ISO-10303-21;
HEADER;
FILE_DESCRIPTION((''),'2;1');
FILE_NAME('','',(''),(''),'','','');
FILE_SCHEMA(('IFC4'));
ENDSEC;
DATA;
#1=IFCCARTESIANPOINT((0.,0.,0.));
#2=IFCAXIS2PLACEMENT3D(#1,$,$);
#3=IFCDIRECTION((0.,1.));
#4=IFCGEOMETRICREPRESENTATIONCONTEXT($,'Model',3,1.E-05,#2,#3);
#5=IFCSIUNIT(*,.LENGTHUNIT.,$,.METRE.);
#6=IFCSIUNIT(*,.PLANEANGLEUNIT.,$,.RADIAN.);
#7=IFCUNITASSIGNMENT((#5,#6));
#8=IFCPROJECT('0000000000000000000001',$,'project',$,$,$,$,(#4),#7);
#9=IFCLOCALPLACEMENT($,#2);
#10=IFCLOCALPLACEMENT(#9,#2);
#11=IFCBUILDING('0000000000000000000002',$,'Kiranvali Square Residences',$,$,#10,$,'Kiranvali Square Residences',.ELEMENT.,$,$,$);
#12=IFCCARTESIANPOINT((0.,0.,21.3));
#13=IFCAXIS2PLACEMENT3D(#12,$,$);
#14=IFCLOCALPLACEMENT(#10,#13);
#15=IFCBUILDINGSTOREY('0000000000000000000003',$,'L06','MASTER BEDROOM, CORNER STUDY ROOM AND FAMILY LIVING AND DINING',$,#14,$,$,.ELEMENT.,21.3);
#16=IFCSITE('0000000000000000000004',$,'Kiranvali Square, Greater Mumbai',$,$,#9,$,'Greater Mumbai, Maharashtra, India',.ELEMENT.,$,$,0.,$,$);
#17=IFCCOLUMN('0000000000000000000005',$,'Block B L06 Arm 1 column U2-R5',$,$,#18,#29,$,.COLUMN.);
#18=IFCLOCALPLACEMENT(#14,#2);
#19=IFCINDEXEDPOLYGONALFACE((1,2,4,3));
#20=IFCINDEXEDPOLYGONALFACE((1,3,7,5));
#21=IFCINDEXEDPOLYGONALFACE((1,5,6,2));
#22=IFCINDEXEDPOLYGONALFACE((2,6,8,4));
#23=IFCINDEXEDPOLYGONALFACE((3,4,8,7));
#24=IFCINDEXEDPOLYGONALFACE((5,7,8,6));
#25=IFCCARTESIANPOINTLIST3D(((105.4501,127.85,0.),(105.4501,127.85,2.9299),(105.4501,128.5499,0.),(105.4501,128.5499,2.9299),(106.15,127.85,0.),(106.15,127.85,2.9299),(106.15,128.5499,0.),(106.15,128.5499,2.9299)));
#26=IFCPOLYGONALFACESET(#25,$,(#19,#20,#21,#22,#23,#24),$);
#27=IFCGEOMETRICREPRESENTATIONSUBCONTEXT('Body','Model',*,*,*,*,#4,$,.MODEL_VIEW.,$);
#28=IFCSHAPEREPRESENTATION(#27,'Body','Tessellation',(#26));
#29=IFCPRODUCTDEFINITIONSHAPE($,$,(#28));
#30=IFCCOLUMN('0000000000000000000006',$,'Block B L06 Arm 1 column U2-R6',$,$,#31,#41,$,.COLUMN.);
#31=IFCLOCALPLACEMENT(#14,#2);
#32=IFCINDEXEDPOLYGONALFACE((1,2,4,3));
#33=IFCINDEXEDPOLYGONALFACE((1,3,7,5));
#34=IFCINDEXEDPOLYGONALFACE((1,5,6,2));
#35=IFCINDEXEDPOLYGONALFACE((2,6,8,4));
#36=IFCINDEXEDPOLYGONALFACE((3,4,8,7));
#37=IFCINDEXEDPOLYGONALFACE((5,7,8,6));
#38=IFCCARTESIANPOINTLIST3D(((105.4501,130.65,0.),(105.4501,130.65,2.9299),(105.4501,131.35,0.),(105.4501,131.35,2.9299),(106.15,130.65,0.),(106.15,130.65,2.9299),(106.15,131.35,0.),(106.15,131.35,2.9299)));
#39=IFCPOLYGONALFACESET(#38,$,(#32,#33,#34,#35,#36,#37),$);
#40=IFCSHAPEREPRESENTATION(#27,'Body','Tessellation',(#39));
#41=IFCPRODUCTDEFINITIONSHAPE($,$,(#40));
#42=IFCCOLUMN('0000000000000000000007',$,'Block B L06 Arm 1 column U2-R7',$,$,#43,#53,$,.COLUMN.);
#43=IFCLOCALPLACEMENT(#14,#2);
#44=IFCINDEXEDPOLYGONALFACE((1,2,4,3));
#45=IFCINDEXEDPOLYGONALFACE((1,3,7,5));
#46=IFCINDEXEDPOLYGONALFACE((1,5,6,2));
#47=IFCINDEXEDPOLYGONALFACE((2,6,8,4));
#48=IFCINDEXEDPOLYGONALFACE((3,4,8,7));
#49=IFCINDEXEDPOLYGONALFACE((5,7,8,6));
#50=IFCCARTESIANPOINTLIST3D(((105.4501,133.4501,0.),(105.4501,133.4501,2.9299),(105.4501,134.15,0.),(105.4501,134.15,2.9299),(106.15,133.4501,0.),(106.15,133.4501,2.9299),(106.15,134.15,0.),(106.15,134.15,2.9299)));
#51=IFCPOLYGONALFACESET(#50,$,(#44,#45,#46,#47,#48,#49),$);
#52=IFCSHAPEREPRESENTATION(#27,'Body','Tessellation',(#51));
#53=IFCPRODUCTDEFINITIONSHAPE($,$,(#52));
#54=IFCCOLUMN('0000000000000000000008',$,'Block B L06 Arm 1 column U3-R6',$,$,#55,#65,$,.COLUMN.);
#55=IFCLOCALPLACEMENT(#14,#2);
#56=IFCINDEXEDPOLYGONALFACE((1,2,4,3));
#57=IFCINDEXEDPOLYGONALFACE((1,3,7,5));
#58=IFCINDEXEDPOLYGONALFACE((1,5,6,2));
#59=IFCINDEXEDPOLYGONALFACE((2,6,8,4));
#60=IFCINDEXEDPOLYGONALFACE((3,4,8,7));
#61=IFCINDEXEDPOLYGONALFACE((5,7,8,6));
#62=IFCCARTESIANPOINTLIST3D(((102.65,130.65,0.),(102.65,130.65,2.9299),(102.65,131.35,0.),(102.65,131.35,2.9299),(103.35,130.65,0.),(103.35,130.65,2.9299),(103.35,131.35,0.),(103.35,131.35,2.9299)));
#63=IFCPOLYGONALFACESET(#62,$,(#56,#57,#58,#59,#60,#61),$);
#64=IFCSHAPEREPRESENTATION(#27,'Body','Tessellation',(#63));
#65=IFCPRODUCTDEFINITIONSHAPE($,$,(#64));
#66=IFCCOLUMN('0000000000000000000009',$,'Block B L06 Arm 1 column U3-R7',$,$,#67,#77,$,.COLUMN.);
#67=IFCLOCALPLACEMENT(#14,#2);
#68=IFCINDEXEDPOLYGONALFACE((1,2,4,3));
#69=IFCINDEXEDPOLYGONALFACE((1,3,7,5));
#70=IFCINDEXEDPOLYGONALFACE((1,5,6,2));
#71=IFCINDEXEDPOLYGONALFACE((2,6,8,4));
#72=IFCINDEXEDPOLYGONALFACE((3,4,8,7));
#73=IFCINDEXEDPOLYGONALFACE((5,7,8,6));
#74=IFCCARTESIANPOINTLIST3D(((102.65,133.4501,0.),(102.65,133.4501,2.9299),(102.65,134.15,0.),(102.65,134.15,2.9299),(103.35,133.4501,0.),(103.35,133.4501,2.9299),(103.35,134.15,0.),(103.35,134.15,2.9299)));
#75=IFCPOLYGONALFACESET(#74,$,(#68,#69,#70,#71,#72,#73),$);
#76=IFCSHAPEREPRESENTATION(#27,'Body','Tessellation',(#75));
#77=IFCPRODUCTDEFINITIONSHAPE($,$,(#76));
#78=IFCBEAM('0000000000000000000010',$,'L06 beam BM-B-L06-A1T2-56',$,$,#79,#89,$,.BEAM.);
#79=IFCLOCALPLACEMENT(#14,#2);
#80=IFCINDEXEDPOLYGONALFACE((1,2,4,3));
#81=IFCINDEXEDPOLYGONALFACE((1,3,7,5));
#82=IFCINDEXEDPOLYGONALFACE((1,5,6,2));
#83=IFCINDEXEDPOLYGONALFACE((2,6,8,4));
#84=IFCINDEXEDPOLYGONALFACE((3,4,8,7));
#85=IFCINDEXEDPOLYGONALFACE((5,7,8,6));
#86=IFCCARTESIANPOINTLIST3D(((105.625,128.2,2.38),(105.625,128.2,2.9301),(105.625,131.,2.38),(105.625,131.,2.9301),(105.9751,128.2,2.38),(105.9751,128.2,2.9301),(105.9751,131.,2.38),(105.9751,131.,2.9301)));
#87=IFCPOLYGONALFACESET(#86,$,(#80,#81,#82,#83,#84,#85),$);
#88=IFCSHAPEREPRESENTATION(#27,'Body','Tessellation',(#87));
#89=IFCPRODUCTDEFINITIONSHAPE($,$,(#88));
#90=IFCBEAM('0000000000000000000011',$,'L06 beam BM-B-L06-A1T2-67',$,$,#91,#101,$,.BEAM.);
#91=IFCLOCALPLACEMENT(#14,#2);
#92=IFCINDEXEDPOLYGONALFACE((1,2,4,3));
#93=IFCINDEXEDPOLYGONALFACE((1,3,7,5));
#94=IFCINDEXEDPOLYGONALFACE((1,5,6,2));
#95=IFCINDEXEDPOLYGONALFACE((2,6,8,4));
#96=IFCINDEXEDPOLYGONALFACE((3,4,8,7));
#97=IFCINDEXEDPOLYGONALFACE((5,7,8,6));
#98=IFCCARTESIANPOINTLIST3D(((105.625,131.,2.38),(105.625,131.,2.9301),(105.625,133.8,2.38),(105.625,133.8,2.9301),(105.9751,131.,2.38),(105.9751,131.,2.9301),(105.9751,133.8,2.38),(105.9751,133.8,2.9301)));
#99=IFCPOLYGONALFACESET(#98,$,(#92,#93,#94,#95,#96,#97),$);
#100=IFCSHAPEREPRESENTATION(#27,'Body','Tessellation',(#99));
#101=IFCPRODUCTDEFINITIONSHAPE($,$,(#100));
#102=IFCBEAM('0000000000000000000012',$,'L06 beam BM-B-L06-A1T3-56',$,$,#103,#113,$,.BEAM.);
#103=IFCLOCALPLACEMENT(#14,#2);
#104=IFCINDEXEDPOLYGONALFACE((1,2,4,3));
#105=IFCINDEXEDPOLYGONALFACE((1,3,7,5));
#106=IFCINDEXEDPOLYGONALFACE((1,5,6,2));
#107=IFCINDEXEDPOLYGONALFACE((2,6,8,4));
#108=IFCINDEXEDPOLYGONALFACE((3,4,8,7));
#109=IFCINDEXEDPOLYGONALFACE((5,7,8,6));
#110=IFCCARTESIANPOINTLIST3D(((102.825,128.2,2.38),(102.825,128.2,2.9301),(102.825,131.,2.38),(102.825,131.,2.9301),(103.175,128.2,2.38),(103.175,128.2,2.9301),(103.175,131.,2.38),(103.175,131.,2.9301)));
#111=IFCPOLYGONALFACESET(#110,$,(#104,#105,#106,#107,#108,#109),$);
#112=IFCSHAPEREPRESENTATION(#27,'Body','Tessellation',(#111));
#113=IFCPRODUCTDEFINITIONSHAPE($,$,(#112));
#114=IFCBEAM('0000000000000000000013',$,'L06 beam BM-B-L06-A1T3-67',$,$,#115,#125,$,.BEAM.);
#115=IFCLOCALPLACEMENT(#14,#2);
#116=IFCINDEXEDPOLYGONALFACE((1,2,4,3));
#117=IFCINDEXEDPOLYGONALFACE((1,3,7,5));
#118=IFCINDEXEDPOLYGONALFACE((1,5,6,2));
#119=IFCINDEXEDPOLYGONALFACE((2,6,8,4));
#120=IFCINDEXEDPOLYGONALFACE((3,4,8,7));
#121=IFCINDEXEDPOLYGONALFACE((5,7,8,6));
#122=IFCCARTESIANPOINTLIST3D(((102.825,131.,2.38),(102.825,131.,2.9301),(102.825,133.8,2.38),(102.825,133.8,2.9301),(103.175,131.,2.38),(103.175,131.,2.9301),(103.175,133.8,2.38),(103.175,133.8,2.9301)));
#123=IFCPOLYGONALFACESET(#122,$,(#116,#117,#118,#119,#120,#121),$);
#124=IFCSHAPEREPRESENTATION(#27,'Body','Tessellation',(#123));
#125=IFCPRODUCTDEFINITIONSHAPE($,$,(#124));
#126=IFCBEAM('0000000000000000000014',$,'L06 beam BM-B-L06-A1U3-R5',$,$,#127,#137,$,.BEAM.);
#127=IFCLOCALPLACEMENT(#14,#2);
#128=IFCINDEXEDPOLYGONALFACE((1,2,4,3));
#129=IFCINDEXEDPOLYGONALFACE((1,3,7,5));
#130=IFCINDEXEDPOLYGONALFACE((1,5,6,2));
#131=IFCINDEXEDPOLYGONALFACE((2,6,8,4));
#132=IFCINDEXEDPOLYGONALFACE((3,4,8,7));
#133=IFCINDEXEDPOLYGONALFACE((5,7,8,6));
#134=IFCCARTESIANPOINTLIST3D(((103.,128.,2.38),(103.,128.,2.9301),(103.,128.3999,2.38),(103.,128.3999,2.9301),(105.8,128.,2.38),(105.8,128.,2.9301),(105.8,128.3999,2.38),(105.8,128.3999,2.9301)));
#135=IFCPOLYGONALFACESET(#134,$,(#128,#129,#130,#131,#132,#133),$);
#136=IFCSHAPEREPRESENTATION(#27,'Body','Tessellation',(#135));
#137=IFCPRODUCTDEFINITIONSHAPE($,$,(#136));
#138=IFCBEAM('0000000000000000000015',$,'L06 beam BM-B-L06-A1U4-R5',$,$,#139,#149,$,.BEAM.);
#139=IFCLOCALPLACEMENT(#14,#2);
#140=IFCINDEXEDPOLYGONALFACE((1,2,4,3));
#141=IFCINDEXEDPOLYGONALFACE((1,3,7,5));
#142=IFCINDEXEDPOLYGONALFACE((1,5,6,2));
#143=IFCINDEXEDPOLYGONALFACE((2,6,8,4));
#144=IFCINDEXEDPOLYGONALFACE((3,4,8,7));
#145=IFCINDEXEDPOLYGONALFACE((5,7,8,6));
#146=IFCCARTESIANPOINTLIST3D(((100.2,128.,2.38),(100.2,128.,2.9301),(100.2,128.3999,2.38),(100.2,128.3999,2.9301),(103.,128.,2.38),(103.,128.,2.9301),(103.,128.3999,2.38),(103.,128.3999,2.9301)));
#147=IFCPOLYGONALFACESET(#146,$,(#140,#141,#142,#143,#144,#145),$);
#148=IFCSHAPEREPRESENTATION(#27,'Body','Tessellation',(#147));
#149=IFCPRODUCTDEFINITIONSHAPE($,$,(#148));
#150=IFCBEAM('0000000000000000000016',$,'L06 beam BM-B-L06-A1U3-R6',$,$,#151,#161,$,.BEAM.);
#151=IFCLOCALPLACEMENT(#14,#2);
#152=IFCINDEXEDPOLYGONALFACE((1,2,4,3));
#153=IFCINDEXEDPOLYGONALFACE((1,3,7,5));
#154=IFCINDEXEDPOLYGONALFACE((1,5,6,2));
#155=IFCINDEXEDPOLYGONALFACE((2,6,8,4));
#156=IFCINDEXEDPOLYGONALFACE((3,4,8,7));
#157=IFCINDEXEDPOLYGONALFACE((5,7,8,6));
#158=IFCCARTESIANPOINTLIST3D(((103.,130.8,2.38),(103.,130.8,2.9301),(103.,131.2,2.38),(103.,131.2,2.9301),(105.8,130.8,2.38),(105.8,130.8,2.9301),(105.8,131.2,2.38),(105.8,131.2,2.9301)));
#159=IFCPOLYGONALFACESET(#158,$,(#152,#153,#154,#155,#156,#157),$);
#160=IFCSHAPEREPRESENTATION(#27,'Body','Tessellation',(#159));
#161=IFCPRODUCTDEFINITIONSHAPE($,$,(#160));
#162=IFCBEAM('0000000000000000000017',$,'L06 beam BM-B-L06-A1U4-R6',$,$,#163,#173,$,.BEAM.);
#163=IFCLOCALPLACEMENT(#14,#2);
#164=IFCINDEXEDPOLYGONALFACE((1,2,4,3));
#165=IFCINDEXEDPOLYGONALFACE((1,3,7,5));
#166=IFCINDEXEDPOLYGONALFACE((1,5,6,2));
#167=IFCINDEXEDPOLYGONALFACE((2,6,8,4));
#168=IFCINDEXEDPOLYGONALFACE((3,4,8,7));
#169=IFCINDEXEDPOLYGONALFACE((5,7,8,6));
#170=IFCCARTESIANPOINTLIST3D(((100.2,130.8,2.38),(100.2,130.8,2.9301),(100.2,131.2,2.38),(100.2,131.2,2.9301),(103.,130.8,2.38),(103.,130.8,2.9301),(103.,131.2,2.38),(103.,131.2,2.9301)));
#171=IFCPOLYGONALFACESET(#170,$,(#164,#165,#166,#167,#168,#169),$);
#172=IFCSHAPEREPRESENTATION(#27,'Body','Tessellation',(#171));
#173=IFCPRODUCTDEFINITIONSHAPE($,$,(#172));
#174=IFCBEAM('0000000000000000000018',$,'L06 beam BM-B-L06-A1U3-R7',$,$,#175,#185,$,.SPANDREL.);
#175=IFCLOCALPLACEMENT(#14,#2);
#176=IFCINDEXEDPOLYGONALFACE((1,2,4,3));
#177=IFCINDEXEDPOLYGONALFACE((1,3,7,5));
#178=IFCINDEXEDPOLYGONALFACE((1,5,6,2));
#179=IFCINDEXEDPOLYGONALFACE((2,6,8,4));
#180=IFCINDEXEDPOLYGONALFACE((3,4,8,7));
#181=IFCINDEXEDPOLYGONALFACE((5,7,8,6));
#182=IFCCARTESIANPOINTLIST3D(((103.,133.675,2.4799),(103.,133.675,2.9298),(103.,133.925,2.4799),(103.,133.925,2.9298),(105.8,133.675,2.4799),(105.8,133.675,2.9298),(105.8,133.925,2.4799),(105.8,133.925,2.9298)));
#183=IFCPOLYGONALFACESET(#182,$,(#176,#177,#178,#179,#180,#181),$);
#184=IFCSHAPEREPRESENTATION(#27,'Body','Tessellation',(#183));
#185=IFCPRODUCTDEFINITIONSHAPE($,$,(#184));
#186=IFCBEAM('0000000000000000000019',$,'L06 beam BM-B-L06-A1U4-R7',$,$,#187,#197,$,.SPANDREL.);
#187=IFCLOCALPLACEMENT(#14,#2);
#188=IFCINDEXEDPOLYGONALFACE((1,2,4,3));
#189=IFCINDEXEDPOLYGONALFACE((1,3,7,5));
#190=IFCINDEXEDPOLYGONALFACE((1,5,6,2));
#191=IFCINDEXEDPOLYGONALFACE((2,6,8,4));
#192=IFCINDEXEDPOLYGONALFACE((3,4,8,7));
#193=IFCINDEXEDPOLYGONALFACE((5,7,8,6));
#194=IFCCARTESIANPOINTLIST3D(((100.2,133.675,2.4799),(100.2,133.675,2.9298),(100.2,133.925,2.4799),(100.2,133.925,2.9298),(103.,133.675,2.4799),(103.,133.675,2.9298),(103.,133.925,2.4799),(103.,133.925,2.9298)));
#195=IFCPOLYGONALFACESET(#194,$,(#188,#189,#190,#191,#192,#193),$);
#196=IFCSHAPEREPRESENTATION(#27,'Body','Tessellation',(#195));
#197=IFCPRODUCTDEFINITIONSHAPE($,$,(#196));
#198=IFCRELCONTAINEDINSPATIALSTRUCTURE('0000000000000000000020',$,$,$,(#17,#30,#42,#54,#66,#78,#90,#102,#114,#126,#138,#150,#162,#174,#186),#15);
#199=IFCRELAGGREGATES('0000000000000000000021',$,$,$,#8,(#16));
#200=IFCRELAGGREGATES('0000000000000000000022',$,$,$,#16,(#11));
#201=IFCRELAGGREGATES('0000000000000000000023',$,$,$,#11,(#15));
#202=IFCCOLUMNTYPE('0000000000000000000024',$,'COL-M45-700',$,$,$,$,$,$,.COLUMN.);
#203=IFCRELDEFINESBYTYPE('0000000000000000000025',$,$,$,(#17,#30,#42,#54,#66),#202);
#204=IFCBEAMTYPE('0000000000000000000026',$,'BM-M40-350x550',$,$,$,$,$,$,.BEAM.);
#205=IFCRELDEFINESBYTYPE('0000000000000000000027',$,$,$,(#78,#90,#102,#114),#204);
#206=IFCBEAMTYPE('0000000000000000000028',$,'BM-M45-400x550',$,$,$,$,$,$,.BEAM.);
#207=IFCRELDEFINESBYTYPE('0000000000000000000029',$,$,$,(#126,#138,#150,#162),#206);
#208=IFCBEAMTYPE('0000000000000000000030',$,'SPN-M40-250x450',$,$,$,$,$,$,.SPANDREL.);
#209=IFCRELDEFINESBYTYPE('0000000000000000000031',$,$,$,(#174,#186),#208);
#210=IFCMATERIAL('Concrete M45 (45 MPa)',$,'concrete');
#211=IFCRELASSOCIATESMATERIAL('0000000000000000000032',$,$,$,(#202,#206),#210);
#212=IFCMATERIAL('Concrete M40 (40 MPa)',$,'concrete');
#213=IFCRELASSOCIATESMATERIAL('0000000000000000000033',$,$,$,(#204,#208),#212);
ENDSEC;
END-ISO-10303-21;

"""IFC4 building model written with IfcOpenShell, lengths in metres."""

from ifc_helpers import new_model, si_unit, direction, frame, origin, origin_2d, place, context, subcontext, project, spatial, rectangle, extrude, material, material_profile, profile_set, type_object, element, save


model = new_model("IFC4")

# Units and contexts
model_context = context("Model", 3, precision=1e-05, world=origin(), true_north=direction((0.0, 1.0)))
body_context = subcontext(model_context, "Body", "Model", "MODEL_VIEW")
ifc_project = project(units=[si_unit("LENGTHUNIT", "METRE"), si_unit("PLANEANGLEUNIT", "RADIAN")], contexts=[model_context])

# Site, building, storey
site_placement = place(None, origin())
site = spatial("IfcSite", under=ifc_project, at=site_placement, Name="Kiranvali Square, Greater Mumbai", LongName="Greater Mumbai, Maharashtra, India", CompositionType="ELEMENT", RefElevation=0.0)
building_placement = place(site_placement, origin())
building = spatial("IfcBuilding", under=site, at=building_placement, Name="Kiranvali Square Residences", LongName="Kiranvali Square Residences", CompositionType="ELEMENT")
storey_placement = place(building_placement, frame((0.0, 0.0, 21.3)))
storey = spatial("IfcBuildingStorey", under=building, at=storey_placement, Name="L06", Description="MASTER BEDROOM, CORNER STUDY ROOM AND FAMILY LIVING AND DINING", CompositionType="ELEMENT", Elevation=21.3)

# Columns
ifc_material_1 = material(Name="Concrete M45 (45 MPa)", Category="concrete")
ifc_material_profile_1 = material_profile(ifc_material_1, rectangle(XDim=0.7, YDim=0.7, at=origin_2d()), Name="RC 700x700")
ifc_profile_set_1 = profile_set([ifc_material_profile_1], Name="Concrete M45 (45 MPa)")
column_type = type_object("IfcColumnType", Name="COL-M45-700", PredefinedType="COLUMN", material=ifc_profile_set_1)
for number, where, z_axis, x_axis, name in (
    (1, (105.8, 128.2, 0.0), (0.0, 0.0, 1.0), (1.0, 0.0, 0.0), "Block B L06 Arm 1 column U2-R5"),
    (2, (105.8, 131.0, 0.0), (0.0, 0.0, 1.0), (1.0, 0.0, 0.0), "Block B L06 Arm 1 column U2-R6"),
    (3, (105.8, 133.8, 0.0), (0.0, 0.0, 1.0), (1.0, 0.0, 0.0), "Block B L06 Arm 1 column U2-R7"),
    (4, (103.0, 131.0, 0.0), (0.0, 0.0, 1.0), (1.0, 0.0, 0.0), "Block B L06 Arm 1 column U3-R6"),
    (5, (103.0, 133.8, 0.0), (0.0, 0.0, 1.0), (1.0, 0.0, 0.0), "Block B L06 Arm 1 column U3-R7"),
):
    element("IfcColumn", number, at=place(storey_placement, frame(where, z_axis=z_axis, x_axis=x_axis)), inside=storey, type_object=column_type, Name=name, PredefinedType="COLUMN", context=body_context, shape_type="SweptSolid", body=[
        extrude(rectangle(XDim=0.7, YDim=0.7, at=origin_2d()), origin(), (0.0, 0.0, 1.0), 2.9299),
    ])

# Beams
ifc_material_2 = material(Name="Concrete M40 (40 MPa)", Category="concrete")
ifc_material_profile_2 = material_profile(ifc_material_2, rectangle(XDim=0.3501, YDim=0.55, at=origin_2d()), Name="RC 350x550")
ifc_profile_set_2 = profile_set([ifc_material_profile_2], Name="Concrete M40 (40 MPa)")
beam_type_1 = type_object("IfcBeamType", Name="BM-M40-350x550", PredefinedType="BEAM", material=ifc_profile_set_2)
for number, where, z_axis, x_axis, name in (
    (6, (105.8, 128.2, 2.655), (0.0, 1.0, 0.0), (-1.0, 0.0, 0.0), "L06 beam BM-B-L06-A1T2-56"),
    (7, (105.8, 131.0, 2.655), (0.0, 1.0, 0.0), (-1.0, 0.0, 0.0), "L06 beam BM-B-L06-A1T2-67"),
    (8, (103.0, 128.2, 2.655), (0.0, 1.0, 0.0), (-1.0, 0.0, 0.0), "L06 beam BM-B-L06-A1T3-56"),
    (9, (103.0, 131.0, 2.655), (0.0, 1.0, 0.0), (-1.0, 0.0, 0.0), "L06 beam BM-B-L06-A1T3-67"),
):
    element("IfcBeam", number, at=place(storey_placement, frame(where, z_axis=z_axis, x_axis=x_axis)), inside=storey, type_object=beam_type_1, Name=name, PredefinedType="BEAM", context=body_context, shape_type="SweptSolid", body=[
        extrude(rectangle(XDim=0.3501, YDim=0.55, at=origin_2d()), origin(), (0.0, 0.0, 1.0), 2.8),
    ])
ifc_material_profile_3 = material_profile(ifc_material_1, rectangle(XDim=0.3999, YDim=0.55, at=origin_2d()), Name="RC 400x550")
ifc_profile_set_3 = profile_set([ifc_material_profile_3], Name="Concrete M45 (45 MPa)")
beam_type_2 = type_object("IfcBeamType", Name="BM-M45-400x550", PredefinedType="BEAM", material=ifc_profile_set_3)
for number, where, z_axis, x_axis, name in (
    (10, (105.8, 128.2, 2.655), (-1.0, 0.0, 0.0), (0.0, -1.0, 0.0), "L06 beam BM-B-L06-A1U3-R5"),
    (11, (103.0, 128.2, 2.655), (-1.0, 0.0, 0.0), (0.0, -1.0, 0.0), "L06 beam BM-B-L06-A1U4-R5"),
    (12, (105.8, 131.0, 2.655), (-1.0, 0.0, 0.0), (0.0, -1.0, 0.0), "L06 beam BM-B-L06-A1U3-R6"),
    (13, (103.0, 131.0, 2.655), (-1.0, 0.0, 0.0), (0.0, -1.0, 0.0), "L06 beam BM-B-L06-A1U4-R6"),
):
    element("IfcBeam", number, at=place(storey_placement, frame(where, z_axis=z_axis, x_axis=x_axis)), inside=storey, type_object=beam_type_2, Name=name, PredefinedType="BEAM", context=body_context, shape_type="SweptSolid", body=[
        extrude(rectangle(XDim=0.3999, YDim=0.55, at=origin_2d()), origin(), (0.0, 0.0, 1.0), 2.8),
    ])
ifc_material_profile_4 = material_profile(ifc_material_2, rectangle(XDim=0.25, YDim=0.45, at=origin_2d()), Name="RC 250x450")
ifc_profile_set_4 = profile_set([ifc_material_profile_4], Name="Concrete M40 (40 MPa)")
beam_type_3 = type_object("IfcBeamType", Name="SPN-M40-250x450", PredefinedType="SPANDREL", material=ifc_profile_set_4)
for number, where, z_axis, x_axis, name in (
    (14, (105.8, 133.8, 2.7048), (-1.0, 0.0, 0.0), (0.0, -1.0, 0.0), "L06 beam BM-B-L06-A1U3-R7"),
    (15, (103.0, 133.8, 2.7048), (-1.0, 0.0, 0.0), (0.0, -1.0, 0.0), "L06 beam BM-B-L06-A1U4-R7"),
):
    element("IfcBeam", number, at=place(storey_placement, frame(where, z_axis=z_axis, x_axis=x_axis)), inside=storey, type_object=beam_type_3, Name=name, PredefinedType="SPANDREL", context=body_context, shape_type="SweptSolid", body=[
        extrude(rectangle(XDim=0.25, YDim=0.45, at=origin_2d()), origin(), (0.0, 0.0, 1.0), 2.8),
    ])

save(model, "model.ifc")
